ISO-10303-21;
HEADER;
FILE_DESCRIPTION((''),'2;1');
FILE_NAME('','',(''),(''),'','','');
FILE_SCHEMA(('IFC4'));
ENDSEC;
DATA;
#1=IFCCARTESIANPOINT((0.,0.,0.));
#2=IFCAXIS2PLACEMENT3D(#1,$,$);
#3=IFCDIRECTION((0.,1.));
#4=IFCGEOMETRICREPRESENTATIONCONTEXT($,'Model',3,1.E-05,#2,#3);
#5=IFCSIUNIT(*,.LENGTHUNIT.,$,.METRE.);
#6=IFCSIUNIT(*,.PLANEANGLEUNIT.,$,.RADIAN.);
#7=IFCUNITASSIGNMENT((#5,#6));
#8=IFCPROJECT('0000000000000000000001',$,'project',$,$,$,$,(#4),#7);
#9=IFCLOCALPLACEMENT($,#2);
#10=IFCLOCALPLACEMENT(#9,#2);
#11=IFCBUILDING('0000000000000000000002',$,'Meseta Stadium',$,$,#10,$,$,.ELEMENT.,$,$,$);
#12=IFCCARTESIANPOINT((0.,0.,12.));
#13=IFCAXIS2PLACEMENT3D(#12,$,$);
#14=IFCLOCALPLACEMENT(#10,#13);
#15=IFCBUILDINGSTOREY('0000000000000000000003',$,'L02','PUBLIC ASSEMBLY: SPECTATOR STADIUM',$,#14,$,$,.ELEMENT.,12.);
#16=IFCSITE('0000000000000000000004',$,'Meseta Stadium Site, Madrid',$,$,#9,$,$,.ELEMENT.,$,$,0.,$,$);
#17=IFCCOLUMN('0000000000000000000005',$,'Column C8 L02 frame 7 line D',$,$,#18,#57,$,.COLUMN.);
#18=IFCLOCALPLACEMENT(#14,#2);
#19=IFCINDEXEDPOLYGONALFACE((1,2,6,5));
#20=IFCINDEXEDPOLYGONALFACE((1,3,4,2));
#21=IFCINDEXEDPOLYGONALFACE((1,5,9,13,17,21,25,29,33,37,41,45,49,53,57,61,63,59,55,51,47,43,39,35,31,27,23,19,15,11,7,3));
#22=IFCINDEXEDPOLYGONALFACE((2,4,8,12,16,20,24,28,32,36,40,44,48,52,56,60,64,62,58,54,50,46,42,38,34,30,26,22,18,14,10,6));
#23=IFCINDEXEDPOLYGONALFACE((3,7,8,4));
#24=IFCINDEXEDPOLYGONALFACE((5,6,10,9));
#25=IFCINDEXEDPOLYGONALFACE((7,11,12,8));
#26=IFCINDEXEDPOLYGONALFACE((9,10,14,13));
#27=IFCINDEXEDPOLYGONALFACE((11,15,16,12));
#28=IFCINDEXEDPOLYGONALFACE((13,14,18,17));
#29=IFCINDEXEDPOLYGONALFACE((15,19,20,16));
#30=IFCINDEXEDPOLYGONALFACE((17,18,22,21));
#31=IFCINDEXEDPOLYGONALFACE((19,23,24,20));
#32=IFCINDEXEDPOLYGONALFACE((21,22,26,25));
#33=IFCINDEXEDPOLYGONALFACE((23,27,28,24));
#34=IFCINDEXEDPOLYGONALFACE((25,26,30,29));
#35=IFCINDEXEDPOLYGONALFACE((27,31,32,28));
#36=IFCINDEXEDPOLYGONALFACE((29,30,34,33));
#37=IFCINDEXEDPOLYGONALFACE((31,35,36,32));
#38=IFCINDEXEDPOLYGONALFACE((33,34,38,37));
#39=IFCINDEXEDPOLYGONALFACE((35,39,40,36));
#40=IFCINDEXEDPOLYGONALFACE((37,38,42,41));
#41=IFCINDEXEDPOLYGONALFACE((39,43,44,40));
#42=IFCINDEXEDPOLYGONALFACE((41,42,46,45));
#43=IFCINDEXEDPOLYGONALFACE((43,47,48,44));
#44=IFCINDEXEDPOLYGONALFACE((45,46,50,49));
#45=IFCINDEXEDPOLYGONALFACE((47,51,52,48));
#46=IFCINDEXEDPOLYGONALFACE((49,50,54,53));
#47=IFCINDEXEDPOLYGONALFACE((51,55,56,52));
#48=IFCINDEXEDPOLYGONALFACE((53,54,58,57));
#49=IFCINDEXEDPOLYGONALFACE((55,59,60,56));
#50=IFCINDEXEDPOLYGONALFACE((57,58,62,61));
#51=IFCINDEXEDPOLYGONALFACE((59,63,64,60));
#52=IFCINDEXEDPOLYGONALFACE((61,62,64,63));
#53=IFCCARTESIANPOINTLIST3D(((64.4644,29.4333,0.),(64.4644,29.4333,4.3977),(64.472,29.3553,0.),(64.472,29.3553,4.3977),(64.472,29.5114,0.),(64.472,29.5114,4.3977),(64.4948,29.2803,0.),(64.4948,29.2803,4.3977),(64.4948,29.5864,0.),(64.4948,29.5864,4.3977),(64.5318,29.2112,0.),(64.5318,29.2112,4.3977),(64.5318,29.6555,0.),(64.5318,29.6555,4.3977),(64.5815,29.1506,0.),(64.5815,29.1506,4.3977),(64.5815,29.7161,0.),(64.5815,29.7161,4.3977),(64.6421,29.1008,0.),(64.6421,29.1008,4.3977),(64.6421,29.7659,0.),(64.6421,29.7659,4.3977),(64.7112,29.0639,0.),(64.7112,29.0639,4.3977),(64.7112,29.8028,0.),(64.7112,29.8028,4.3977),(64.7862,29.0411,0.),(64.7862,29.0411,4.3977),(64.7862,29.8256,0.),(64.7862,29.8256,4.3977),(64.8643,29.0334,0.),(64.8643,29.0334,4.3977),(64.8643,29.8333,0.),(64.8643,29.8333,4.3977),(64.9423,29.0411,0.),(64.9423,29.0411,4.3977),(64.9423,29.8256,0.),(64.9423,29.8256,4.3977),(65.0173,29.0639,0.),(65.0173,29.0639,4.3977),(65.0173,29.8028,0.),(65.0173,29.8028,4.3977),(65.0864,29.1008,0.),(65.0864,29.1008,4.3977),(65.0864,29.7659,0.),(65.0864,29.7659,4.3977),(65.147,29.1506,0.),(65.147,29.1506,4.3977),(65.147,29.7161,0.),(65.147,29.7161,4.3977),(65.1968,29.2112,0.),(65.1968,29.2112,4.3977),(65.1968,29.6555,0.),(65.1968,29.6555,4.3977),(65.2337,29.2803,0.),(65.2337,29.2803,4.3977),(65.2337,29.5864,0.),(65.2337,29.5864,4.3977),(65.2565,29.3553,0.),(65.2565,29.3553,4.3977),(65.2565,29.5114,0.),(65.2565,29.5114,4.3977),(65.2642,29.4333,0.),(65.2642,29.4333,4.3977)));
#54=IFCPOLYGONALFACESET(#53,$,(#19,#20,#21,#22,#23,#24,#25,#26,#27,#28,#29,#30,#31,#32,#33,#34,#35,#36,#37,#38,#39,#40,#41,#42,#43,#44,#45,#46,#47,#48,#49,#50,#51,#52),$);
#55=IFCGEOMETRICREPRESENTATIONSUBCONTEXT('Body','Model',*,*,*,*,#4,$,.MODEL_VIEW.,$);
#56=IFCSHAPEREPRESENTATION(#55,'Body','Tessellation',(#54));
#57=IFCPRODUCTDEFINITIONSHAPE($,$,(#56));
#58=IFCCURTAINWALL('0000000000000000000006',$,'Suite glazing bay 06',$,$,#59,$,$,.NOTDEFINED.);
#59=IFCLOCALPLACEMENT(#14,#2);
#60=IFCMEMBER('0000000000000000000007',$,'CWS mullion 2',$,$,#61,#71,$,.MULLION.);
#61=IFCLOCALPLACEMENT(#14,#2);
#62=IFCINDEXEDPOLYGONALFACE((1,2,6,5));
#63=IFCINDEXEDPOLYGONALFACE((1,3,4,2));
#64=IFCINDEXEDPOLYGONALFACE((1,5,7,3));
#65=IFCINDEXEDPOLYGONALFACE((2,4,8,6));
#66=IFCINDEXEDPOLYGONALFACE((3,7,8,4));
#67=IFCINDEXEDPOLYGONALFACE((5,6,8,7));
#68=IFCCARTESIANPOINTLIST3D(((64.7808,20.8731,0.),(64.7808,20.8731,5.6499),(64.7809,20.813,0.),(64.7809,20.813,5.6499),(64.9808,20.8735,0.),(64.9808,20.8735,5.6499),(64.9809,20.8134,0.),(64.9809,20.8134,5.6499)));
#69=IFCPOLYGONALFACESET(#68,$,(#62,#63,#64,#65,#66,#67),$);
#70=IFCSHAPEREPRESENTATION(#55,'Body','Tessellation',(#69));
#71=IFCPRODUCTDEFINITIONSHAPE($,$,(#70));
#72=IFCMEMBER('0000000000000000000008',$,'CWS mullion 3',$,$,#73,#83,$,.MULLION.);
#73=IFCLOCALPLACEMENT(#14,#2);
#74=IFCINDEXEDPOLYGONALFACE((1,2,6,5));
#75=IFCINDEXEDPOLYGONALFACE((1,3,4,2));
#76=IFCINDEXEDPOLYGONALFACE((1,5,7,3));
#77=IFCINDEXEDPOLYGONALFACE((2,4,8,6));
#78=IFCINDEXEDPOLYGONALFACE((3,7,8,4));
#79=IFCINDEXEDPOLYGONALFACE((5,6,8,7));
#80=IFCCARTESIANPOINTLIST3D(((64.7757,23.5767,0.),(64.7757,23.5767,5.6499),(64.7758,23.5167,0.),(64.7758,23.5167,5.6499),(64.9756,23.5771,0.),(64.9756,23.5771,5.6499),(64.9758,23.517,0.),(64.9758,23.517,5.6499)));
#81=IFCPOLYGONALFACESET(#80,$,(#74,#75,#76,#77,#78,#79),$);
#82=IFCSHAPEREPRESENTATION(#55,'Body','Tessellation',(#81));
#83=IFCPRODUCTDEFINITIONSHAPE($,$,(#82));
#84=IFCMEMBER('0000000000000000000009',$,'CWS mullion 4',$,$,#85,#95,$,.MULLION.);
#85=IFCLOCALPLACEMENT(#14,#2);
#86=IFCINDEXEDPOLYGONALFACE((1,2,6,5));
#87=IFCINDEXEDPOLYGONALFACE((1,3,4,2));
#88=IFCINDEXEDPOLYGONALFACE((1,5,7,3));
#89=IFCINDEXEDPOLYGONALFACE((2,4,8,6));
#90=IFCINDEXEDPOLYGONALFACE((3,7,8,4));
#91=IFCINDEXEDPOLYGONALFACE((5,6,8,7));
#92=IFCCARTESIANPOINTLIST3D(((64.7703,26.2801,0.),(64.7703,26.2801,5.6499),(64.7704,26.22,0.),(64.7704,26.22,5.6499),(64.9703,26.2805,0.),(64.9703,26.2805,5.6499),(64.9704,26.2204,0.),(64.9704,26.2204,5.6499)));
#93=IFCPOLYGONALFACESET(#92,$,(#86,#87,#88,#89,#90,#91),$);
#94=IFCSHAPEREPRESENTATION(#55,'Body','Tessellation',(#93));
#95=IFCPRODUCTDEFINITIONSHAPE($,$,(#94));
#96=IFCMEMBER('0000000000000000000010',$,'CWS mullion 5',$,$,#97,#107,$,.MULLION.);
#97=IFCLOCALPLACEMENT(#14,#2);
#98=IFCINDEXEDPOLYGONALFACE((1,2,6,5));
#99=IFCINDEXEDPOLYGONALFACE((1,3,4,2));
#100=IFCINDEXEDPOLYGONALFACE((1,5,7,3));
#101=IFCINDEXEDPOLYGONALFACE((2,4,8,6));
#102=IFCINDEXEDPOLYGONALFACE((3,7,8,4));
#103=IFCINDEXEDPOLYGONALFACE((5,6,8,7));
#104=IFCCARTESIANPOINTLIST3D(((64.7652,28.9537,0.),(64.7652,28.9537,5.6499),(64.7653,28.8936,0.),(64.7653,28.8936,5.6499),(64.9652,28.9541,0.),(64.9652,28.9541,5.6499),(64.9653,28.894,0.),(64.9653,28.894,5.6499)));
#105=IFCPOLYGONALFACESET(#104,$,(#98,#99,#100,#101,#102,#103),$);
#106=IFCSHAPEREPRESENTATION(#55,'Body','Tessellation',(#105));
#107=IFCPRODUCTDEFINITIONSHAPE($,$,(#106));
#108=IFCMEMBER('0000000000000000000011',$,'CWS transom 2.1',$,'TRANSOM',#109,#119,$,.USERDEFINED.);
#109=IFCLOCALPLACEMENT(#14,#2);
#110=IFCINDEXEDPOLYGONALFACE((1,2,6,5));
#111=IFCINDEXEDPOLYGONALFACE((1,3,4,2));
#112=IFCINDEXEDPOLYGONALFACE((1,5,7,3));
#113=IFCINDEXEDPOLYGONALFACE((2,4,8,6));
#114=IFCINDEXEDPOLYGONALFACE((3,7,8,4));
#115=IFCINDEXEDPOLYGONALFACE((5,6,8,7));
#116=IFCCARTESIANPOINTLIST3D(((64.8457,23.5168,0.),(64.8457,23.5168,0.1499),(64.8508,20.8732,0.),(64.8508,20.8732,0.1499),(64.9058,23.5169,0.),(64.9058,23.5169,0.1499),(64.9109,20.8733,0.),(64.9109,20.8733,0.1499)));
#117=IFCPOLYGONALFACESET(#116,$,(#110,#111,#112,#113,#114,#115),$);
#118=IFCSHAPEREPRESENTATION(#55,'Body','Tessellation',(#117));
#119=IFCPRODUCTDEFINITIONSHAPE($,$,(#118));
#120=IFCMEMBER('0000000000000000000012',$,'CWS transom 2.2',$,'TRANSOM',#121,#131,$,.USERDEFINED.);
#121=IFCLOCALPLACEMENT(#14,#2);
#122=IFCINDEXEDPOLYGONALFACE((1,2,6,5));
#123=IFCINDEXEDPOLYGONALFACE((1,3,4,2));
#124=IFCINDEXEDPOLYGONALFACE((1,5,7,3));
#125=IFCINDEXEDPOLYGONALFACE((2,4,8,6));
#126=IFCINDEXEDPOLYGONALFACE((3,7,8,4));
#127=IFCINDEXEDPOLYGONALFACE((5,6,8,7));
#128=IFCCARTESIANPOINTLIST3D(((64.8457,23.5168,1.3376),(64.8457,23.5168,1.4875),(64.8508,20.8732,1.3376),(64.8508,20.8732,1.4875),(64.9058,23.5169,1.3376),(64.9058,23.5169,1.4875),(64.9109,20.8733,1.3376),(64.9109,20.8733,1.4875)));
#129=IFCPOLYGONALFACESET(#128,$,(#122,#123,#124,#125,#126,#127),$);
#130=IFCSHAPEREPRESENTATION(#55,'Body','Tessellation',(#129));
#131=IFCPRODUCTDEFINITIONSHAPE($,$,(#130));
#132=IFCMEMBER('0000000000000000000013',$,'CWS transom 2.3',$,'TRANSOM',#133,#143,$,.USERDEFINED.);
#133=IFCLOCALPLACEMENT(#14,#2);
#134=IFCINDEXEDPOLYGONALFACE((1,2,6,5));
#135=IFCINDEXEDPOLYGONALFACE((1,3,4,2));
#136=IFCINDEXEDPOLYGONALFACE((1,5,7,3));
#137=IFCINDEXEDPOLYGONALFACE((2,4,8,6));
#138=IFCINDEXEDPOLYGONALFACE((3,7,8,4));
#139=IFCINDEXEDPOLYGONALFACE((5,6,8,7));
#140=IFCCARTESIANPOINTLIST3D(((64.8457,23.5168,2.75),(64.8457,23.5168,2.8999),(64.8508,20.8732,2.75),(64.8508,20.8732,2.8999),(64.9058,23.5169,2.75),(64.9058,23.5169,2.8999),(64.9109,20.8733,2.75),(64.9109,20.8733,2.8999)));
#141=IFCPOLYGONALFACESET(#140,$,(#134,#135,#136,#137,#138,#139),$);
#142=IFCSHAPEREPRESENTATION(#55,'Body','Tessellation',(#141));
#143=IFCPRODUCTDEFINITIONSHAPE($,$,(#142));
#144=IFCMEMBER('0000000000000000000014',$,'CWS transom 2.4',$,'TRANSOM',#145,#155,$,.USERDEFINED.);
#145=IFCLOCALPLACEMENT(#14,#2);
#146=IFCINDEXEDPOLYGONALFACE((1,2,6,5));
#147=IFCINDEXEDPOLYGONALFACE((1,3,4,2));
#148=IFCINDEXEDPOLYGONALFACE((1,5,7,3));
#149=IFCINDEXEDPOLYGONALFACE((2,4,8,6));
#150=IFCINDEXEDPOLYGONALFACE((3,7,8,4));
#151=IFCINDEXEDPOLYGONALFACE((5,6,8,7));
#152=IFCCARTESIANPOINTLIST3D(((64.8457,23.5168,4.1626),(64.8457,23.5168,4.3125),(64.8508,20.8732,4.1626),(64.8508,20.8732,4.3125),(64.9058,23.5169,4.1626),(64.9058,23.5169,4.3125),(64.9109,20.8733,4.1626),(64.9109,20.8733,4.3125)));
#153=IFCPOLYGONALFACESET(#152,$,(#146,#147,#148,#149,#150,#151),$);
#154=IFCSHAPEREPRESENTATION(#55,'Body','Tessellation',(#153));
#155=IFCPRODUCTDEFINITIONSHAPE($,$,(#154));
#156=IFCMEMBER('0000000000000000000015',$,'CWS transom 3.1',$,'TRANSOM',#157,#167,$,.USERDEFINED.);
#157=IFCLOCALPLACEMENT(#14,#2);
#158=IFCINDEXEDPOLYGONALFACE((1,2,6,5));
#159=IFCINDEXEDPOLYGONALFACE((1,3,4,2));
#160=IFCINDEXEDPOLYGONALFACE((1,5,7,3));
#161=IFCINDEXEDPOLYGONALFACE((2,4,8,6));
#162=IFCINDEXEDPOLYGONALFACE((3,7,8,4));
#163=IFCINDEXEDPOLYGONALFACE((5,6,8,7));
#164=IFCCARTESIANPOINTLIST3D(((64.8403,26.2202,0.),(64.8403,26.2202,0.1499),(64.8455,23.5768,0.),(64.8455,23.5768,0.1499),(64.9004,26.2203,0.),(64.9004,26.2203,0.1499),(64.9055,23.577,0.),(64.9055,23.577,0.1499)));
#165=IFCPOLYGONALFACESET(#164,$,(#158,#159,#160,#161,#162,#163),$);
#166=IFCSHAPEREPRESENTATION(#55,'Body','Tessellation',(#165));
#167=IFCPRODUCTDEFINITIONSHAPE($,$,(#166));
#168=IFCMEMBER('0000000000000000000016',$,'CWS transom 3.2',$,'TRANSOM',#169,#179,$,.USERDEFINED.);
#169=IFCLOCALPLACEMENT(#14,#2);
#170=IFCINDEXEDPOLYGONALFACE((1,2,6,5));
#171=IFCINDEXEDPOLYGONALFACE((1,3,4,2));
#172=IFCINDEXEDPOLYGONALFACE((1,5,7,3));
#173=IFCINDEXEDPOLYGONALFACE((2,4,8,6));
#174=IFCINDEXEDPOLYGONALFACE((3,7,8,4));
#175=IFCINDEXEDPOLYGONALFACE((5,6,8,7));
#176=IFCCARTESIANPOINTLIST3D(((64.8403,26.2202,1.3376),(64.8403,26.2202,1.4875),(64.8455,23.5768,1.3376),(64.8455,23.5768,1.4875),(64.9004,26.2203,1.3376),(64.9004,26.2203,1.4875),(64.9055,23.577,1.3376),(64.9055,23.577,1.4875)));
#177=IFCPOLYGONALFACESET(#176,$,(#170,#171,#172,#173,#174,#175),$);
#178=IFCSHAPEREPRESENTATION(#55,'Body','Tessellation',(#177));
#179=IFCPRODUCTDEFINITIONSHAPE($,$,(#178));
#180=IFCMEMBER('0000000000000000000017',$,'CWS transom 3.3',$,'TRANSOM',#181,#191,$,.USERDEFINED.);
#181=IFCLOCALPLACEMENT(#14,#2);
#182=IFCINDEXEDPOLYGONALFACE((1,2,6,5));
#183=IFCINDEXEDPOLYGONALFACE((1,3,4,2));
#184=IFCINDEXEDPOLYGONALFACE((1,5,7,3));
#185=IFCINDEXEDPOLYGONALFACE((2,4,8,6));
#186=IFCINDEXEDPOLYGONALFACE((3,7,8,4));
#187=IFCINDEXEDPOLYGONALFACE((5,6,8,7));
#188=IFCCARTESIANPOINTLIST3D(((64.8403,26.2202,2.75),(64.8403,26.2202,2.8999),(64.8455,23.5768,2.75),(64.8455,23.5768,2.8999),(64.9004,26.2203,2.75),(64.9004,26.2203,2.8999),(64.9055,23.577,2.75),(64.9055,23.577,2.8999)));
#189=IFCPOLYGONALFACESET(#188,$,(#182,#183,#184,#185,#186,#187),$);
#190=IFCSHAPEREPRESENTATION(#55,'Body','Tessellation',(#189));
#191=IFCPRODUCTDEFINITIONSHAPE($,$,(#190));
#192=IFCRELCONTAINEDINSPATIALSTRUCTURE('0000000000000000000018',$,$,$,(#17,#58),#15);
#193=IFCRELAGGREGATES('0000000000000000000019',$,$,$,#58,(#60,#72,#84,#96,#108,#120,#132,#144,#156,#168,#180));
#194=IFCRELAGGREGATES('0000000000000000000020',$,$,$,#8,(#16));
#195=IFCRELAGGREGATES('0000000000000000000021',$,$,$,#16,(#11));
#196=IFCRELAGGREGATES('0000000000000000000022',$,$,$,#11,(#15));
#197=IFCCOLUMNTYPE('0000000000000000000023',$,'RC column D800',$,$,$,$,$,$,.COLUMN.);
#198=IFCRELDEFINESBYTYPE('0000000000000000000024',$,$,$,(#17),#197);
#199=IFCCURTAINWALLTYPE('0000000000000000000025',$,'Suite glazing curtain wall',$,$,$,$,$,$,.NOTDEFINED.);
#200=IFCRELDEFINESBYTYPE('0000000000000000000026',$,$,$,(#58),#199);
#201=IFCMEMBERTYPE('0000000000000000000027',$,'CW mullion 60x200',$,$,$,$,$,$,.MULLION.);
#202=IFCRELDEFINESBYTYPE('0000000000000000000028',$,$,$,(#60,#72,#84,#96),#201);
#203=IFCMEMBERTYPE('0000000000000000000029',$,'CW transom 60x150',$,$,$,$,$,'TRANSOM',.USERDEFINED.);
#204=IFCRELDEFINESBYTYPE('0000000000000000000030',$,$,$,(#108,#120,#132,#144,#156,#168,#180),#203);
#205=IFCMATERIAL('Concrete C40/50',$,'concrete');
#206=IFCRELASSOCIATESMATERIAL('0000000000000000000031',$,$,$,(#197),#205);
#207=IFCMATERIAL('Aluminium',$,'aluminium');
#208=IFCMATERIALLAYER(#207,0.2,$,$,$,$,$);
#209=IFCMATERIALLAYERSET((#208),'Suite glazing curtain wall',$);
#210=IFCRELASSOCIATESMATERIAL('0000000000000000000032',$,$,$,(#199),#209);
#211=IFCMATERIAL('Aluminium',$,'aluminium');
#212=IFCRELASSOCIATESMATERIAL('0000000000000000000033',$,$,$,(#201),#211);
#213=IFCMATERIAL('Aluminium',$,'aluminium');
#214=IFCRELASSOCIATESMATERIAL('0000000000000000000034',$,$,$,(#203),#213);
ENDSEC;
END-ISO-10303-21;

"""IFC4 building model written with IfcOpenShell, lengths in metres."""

from ifc_helpers import new_model, si_unit, direction, frame, origin, origin_2d, place, context, subcontext, project, spatial, rectangle, circle, extrude, material, layer, layer_set, material_profile, profile_set, type_object, element, aggregate, save


model = new_model("IFC4")

# Units and contexts
model_context = context("Model", 3, precision=1e-05, world=origin(), true_north=direction((0.0, 1.0)))
body_context = subcontext(model_context, "Body", "Model", "MODEL_VIEW")
ifc_project = project(units=[si_unit("LENGTHUNIT", "METRE"), si_unit("PLANEANGLEUNIT", "RADIAN")], contexts=[model_context])

# Site, building, storey
site_placement = place(None, origin())
site = spatial("IfcSite", under=ifc_project, at=site_placement, Name="Meseta Stadium Site, Madrid", CompositionType="ELEMENT", RefElevation=0.0)
building_placement = place(site_placement, origin())
building = spatial("IfcBuilding", under=site, at=building_placement, Name="Meseta Stadium", CompositionType="ELEMENT")
storey_placement = place(building_placement, frame((0.0, 0.0, 12.0)))
storey = spatial("IfcBuildingStorey", under=building, at=storey_placement, Name="L02", Description="PUBLIC ASSEMBLY: SPECTATOR STADIUM", CompositionType="ELEMENT", Elevation=12.0)

# Column
ifc_material_1 = material(Name="Concrete C40/50", Category="concrete")
ifc_material_profile_1 = material_profile(ifc_material_1, circle(Radius=0.3999, at=origin_2d()), Name="RC D800")
ifc_profile_set_1 = profile_set([ifc_material_profile_1], Name="Concrete C40/50")
column_type = type_object("IfcColumnType", Name="RC column D800", PredefinedType="COLUMN", material=ifc_profile_set_1)
column_placement = place(storey_placement, frame((64.8643, 29.4333, 0.0), z_axis=(0.0, 0.0, 1.0), x_axis=(1.0, 0.0, 0.0)))
element("IfcColumn", 1, at=column_placement, inside=storey, type_object=column_type, Name="Column C8 L02 frame 7 line D", PredefinedType="COLUMN", context=body_context, shape_type="SweptSolid", body=[
    extrude(circle(Radius=0.3999, at=origin_2d()), origin(), (0.0, 0.0, 1.0), 4.3977),
])

# Curtain wall, members
ifc_material_2 = material(Name="Aluminium", Category="aluminium")
ifc_layer_1 = layer(ifc_material_2, 0.2)
ifc_layer_set_1 = layer_set([ifc_layer_1], Name="Suite glazing curtain wall")
curtain_wall_type = type_object("IfcCurtainWallType", Name="Suite glazing curtain wall", PredefinedType="NOTDEFINED", material=ifc_layer_set_1)
curtain_wall_placement = place(storey_placement, origin())
curtain_wall = element("IfcCurtainWall", 2, at=curtain_wall_placement, inside=storey, type_object=curtain_wall_type, Name="Suite glazing bay 06", PredefinedType="NOTDEFINED")
ifc_material_3 = material(Name="Aluminium", Category="aluminium")
ifc_material_profile_2 = material_profile(ifc_material_3, rectangle(XDim=0.2, YDim=0.0601, at=origin_2d()), Name="CW 200x60")
ifc_profile_set_2 = profile_set([ifc_material_profile_2], Name="Aluminium")
member_type_1 = type_object("IfcMemberType", Name="CW mullion 60x200", PredefinedType="MULLION", material=ifc_profile_set_2)
member_1_placement = place(storey_placement, frame((64.8809, 20.8433, 0.0), z_axis=(0.0, 0.0, 1.0), x_axis=(-0.999998, -0.001947, 0.0)))
member_1 = element("IfcMember", 3, at=member_1_placement, type_object=member_type_1, Name="CWS mullion 2", PredefinedType="MULLION", context=body_context, shape_type="SweptSolid", body=[
    extrude(rectangle(XDim=0.2, YDim=0.0601, at=origin_2d()), origin(), (0.0, 0.0, 1.0), 5.6499),
])
member_2_placement = place(storey_placement, frame((64.8757, 23.5469, 0.0), z_axis=(0.0, 0.0, 1.0), x_axis=(-0.999998, -0.001947, 0.0)))
member_2 = element("IfcMember", 4, at=member_2_placement, type_object=member_type_1, Name="CWS mullion 3", PredefinedType="MULLION", context=body_context, shape_type="SweptSolid", body=[
    extrude(rectangle(XDim=0.2, YDim=0.0601, at=origin_2d()), origin(), (0.0, 0.0, 1.0), 5.6499),
])
member_3_placement = place(storey_placement, frame((64.8704, 26.2502, 0.0), z_axis=(0.0, 0.0, 1.0), x_axis=(-0.999998, -0.001947, 0.0)))
member_3 = element("IfcMember", 5, at=member_3_placement, type_object=member_type_1, Name="CWS mullion 4", PredefinedType="MULLION", context=body_context, shape_type="SweptSolid", body=[
    extrude(rectangle(XDim=0.2, YDim=0.0601, at=origin_2d()), origin(), (0.0, 0.0, 1.0), 5.6499),
])
member_4_placement = place(storey_placement, frame((64.8652, 28.9238, 0.0), z_axis=(0.0, 0.0, 1.0), x_axis=(-0.999998, -0.001947, 0.0)))
member_4 = element("IfcMember", 6, at=member_4_placement, type_object=member_type_1, Name="CWS mullion 5", PredefinedType="MULLION", context=body_context, shape_type="SweptSolid", body=[
    extrude(rectangle(XDim=0.2, YDim=0.0601, at=origin_2d()), origin(), (0.0, 0.0, 1.0), 5.6499),
])
ifc_material_4 = material(Name="Aluminium", Category="aluminium")
ifc_material_profile_3 = material_profile(ifc_material_4, rectangle(XDim=0.0601, YDim=0.1499, at=origin_2d()), Name="CW 60x150")
ifc_profile_set_3 = profile_set([ifc_material_profile_3], Name="Aluminium")
member_type_2 = type_object("IfcMemberType", Name="CW transom 60x150", ElementType="TRANSOM", PredefinedType="USERDEFINED", material=ifc_profile_set_3)
member_5_placement = place(storey_placement, frame((64.8809, 20.8733, 0.075), z_axis=(-0.001939, 0.999998, 0.0), x_axis=(-0.999998, -0.001939, 0.0)))
member_5 = element("IfcMember", 7, at=member_5_placement, type_object=member_type_2, Name="CWS transom 2.1", ObjectType="TRANSOM", PredefinedType="USERDEFINED", context=body_context, shape_type="SweptSolid", body=[
    extrude(rectangle(XDim=0.0601, YDim=0.1499, at=origin_2d()), origin(), (0.0, 0.0, 1.0), 2.6436),
])
member_6_placement = place(storey_placement, frame((64.8809, 20.8733, 1.4126), z_axis=(-0.001939, 0.999998, 0.0), x_axis=(-0.999998, -0.001939, 0.0)))
member_6 = element("IfcMember", 8, at=member_6_placement, type_object=member_type_2, Name="CWS transom 2.2", ObjectType="TRANSOM", PredefinedType="USERDEFINED", context=body_context, shape_type="SweptSolid", body=[
    extrude(rectangle(XDim=0.0601, YDim=0.1499, at=origin_2d()), origin(), (0.0, 0.0, 1.0), 2.6436),
])
member_7_placement = place(storey_placement, frame((64.8809, 20.8733, 2.825), z_axis=(-0.001939, 0.999998, 0.0), x_axis=(-0.999998, -0.001939, 0.0)))
member_7 = element("IfcMember", 9, at=member_7_placement, type_object=member_type_2, Name="CWS transom 2.3", ObjectType="TRANSOM", PredefinedType="USERDEFINED", context=body_context, shape_type="SweptSolid", body=[
    extrude(rectangle(XDim=0.0601, YDim=0.1499, at=origin_2d()), origin(), (0.0, 0.0, 1.0), 2.6436),
])
member_8_placement = place(storey_placement, frame((64.8809, 20.8733, 4.2375), z_axis=(-0.001939, 0.999998, 0.0), x_axis=(-0.999998, -0.001939, 0.0)))
member_8 = element("IfcMember", 10, at=member_8_placement, type_object=member_type_2, Name="CWS transom 2.4", ObjectType="TRANSOM", PredefinedType="USERDEFINED", context=body_context, shape_type="SweptSolid", body=[
    extrude(rectangle(XDim=0.0601, YDim=0.1499, at=origin_2d()), origin(), (0.0, 0.0, 1.0), 2.6436),
])
member_9_placement = place(storey_placement, frame((64.8755, 23.5769, 0.075), z_axis=(-0.00194, 0.999998, 0.0), x_axis=(-0.999998, -0.00194, 0.0)))
member_9 = element("IfcMember", 11, at=member_9_placement, type_object=member_type_2, Name="CWS transom 3.1", ObjectType="TRANSOM", PredefinedType="USERDEFINED", context=body_context, shape_type="SweptSolid", body=[
    extrude(rectangle(XDim=0.0601, YDim=0.1499, at=origin_2d()), origin(), (0.0, 0.0, 1.0), 2.6433),
])
member_10_placement = place(storey_placement, frame((64.8755, 23.5769, 1.4126), z_axis=(-0.00194, 0.999998, 0.0), x_axis=(-0.999998, -0.00194, 0.0)))
member_10 = element("IfcMember", 12, at=member_10_placement, type_object=member_type_2, Name="CWS transom 3.2", ObjectType="TRANSOM", PredefinedType="USERDEFINED", context=body_context, shape_type="SweptSolid", body=[
    extrude(rectangle(XDim=0.0601, YDim=0.1499, at=origin_2d()), origin(), (0.0, 0.0, 1.0), 2.6433),
])
member_11_placement = place(storey_placement, frame((64.8755, 23.5769, 2.825), z_axis=(-0.00194, 0.999998, 0.0), x_axis=(-0.999998, -0.00194, 0.0)))
member_11 = element("IfcMember", 13, at=member_11_placement, type_object=member_type_2, Name="CWS transom 3.3", ObjectType="TRANSOM", PredefinedType="USERDEFINED", context=body_context, shape_type="SweptSolid", body=[
    extrude(rectangle(XDim=0.0601, YDim=0.1499, at=origin_2d()), origin(), (0.0, 0.0, 1.0), 2.6433),
])

aggregate(curtain_wall, [member_1, member_2, member_3, member_4, member_5, member_6, member_7, member_8, member_9, member_10, member_11])

save(model, "model.ifc")
